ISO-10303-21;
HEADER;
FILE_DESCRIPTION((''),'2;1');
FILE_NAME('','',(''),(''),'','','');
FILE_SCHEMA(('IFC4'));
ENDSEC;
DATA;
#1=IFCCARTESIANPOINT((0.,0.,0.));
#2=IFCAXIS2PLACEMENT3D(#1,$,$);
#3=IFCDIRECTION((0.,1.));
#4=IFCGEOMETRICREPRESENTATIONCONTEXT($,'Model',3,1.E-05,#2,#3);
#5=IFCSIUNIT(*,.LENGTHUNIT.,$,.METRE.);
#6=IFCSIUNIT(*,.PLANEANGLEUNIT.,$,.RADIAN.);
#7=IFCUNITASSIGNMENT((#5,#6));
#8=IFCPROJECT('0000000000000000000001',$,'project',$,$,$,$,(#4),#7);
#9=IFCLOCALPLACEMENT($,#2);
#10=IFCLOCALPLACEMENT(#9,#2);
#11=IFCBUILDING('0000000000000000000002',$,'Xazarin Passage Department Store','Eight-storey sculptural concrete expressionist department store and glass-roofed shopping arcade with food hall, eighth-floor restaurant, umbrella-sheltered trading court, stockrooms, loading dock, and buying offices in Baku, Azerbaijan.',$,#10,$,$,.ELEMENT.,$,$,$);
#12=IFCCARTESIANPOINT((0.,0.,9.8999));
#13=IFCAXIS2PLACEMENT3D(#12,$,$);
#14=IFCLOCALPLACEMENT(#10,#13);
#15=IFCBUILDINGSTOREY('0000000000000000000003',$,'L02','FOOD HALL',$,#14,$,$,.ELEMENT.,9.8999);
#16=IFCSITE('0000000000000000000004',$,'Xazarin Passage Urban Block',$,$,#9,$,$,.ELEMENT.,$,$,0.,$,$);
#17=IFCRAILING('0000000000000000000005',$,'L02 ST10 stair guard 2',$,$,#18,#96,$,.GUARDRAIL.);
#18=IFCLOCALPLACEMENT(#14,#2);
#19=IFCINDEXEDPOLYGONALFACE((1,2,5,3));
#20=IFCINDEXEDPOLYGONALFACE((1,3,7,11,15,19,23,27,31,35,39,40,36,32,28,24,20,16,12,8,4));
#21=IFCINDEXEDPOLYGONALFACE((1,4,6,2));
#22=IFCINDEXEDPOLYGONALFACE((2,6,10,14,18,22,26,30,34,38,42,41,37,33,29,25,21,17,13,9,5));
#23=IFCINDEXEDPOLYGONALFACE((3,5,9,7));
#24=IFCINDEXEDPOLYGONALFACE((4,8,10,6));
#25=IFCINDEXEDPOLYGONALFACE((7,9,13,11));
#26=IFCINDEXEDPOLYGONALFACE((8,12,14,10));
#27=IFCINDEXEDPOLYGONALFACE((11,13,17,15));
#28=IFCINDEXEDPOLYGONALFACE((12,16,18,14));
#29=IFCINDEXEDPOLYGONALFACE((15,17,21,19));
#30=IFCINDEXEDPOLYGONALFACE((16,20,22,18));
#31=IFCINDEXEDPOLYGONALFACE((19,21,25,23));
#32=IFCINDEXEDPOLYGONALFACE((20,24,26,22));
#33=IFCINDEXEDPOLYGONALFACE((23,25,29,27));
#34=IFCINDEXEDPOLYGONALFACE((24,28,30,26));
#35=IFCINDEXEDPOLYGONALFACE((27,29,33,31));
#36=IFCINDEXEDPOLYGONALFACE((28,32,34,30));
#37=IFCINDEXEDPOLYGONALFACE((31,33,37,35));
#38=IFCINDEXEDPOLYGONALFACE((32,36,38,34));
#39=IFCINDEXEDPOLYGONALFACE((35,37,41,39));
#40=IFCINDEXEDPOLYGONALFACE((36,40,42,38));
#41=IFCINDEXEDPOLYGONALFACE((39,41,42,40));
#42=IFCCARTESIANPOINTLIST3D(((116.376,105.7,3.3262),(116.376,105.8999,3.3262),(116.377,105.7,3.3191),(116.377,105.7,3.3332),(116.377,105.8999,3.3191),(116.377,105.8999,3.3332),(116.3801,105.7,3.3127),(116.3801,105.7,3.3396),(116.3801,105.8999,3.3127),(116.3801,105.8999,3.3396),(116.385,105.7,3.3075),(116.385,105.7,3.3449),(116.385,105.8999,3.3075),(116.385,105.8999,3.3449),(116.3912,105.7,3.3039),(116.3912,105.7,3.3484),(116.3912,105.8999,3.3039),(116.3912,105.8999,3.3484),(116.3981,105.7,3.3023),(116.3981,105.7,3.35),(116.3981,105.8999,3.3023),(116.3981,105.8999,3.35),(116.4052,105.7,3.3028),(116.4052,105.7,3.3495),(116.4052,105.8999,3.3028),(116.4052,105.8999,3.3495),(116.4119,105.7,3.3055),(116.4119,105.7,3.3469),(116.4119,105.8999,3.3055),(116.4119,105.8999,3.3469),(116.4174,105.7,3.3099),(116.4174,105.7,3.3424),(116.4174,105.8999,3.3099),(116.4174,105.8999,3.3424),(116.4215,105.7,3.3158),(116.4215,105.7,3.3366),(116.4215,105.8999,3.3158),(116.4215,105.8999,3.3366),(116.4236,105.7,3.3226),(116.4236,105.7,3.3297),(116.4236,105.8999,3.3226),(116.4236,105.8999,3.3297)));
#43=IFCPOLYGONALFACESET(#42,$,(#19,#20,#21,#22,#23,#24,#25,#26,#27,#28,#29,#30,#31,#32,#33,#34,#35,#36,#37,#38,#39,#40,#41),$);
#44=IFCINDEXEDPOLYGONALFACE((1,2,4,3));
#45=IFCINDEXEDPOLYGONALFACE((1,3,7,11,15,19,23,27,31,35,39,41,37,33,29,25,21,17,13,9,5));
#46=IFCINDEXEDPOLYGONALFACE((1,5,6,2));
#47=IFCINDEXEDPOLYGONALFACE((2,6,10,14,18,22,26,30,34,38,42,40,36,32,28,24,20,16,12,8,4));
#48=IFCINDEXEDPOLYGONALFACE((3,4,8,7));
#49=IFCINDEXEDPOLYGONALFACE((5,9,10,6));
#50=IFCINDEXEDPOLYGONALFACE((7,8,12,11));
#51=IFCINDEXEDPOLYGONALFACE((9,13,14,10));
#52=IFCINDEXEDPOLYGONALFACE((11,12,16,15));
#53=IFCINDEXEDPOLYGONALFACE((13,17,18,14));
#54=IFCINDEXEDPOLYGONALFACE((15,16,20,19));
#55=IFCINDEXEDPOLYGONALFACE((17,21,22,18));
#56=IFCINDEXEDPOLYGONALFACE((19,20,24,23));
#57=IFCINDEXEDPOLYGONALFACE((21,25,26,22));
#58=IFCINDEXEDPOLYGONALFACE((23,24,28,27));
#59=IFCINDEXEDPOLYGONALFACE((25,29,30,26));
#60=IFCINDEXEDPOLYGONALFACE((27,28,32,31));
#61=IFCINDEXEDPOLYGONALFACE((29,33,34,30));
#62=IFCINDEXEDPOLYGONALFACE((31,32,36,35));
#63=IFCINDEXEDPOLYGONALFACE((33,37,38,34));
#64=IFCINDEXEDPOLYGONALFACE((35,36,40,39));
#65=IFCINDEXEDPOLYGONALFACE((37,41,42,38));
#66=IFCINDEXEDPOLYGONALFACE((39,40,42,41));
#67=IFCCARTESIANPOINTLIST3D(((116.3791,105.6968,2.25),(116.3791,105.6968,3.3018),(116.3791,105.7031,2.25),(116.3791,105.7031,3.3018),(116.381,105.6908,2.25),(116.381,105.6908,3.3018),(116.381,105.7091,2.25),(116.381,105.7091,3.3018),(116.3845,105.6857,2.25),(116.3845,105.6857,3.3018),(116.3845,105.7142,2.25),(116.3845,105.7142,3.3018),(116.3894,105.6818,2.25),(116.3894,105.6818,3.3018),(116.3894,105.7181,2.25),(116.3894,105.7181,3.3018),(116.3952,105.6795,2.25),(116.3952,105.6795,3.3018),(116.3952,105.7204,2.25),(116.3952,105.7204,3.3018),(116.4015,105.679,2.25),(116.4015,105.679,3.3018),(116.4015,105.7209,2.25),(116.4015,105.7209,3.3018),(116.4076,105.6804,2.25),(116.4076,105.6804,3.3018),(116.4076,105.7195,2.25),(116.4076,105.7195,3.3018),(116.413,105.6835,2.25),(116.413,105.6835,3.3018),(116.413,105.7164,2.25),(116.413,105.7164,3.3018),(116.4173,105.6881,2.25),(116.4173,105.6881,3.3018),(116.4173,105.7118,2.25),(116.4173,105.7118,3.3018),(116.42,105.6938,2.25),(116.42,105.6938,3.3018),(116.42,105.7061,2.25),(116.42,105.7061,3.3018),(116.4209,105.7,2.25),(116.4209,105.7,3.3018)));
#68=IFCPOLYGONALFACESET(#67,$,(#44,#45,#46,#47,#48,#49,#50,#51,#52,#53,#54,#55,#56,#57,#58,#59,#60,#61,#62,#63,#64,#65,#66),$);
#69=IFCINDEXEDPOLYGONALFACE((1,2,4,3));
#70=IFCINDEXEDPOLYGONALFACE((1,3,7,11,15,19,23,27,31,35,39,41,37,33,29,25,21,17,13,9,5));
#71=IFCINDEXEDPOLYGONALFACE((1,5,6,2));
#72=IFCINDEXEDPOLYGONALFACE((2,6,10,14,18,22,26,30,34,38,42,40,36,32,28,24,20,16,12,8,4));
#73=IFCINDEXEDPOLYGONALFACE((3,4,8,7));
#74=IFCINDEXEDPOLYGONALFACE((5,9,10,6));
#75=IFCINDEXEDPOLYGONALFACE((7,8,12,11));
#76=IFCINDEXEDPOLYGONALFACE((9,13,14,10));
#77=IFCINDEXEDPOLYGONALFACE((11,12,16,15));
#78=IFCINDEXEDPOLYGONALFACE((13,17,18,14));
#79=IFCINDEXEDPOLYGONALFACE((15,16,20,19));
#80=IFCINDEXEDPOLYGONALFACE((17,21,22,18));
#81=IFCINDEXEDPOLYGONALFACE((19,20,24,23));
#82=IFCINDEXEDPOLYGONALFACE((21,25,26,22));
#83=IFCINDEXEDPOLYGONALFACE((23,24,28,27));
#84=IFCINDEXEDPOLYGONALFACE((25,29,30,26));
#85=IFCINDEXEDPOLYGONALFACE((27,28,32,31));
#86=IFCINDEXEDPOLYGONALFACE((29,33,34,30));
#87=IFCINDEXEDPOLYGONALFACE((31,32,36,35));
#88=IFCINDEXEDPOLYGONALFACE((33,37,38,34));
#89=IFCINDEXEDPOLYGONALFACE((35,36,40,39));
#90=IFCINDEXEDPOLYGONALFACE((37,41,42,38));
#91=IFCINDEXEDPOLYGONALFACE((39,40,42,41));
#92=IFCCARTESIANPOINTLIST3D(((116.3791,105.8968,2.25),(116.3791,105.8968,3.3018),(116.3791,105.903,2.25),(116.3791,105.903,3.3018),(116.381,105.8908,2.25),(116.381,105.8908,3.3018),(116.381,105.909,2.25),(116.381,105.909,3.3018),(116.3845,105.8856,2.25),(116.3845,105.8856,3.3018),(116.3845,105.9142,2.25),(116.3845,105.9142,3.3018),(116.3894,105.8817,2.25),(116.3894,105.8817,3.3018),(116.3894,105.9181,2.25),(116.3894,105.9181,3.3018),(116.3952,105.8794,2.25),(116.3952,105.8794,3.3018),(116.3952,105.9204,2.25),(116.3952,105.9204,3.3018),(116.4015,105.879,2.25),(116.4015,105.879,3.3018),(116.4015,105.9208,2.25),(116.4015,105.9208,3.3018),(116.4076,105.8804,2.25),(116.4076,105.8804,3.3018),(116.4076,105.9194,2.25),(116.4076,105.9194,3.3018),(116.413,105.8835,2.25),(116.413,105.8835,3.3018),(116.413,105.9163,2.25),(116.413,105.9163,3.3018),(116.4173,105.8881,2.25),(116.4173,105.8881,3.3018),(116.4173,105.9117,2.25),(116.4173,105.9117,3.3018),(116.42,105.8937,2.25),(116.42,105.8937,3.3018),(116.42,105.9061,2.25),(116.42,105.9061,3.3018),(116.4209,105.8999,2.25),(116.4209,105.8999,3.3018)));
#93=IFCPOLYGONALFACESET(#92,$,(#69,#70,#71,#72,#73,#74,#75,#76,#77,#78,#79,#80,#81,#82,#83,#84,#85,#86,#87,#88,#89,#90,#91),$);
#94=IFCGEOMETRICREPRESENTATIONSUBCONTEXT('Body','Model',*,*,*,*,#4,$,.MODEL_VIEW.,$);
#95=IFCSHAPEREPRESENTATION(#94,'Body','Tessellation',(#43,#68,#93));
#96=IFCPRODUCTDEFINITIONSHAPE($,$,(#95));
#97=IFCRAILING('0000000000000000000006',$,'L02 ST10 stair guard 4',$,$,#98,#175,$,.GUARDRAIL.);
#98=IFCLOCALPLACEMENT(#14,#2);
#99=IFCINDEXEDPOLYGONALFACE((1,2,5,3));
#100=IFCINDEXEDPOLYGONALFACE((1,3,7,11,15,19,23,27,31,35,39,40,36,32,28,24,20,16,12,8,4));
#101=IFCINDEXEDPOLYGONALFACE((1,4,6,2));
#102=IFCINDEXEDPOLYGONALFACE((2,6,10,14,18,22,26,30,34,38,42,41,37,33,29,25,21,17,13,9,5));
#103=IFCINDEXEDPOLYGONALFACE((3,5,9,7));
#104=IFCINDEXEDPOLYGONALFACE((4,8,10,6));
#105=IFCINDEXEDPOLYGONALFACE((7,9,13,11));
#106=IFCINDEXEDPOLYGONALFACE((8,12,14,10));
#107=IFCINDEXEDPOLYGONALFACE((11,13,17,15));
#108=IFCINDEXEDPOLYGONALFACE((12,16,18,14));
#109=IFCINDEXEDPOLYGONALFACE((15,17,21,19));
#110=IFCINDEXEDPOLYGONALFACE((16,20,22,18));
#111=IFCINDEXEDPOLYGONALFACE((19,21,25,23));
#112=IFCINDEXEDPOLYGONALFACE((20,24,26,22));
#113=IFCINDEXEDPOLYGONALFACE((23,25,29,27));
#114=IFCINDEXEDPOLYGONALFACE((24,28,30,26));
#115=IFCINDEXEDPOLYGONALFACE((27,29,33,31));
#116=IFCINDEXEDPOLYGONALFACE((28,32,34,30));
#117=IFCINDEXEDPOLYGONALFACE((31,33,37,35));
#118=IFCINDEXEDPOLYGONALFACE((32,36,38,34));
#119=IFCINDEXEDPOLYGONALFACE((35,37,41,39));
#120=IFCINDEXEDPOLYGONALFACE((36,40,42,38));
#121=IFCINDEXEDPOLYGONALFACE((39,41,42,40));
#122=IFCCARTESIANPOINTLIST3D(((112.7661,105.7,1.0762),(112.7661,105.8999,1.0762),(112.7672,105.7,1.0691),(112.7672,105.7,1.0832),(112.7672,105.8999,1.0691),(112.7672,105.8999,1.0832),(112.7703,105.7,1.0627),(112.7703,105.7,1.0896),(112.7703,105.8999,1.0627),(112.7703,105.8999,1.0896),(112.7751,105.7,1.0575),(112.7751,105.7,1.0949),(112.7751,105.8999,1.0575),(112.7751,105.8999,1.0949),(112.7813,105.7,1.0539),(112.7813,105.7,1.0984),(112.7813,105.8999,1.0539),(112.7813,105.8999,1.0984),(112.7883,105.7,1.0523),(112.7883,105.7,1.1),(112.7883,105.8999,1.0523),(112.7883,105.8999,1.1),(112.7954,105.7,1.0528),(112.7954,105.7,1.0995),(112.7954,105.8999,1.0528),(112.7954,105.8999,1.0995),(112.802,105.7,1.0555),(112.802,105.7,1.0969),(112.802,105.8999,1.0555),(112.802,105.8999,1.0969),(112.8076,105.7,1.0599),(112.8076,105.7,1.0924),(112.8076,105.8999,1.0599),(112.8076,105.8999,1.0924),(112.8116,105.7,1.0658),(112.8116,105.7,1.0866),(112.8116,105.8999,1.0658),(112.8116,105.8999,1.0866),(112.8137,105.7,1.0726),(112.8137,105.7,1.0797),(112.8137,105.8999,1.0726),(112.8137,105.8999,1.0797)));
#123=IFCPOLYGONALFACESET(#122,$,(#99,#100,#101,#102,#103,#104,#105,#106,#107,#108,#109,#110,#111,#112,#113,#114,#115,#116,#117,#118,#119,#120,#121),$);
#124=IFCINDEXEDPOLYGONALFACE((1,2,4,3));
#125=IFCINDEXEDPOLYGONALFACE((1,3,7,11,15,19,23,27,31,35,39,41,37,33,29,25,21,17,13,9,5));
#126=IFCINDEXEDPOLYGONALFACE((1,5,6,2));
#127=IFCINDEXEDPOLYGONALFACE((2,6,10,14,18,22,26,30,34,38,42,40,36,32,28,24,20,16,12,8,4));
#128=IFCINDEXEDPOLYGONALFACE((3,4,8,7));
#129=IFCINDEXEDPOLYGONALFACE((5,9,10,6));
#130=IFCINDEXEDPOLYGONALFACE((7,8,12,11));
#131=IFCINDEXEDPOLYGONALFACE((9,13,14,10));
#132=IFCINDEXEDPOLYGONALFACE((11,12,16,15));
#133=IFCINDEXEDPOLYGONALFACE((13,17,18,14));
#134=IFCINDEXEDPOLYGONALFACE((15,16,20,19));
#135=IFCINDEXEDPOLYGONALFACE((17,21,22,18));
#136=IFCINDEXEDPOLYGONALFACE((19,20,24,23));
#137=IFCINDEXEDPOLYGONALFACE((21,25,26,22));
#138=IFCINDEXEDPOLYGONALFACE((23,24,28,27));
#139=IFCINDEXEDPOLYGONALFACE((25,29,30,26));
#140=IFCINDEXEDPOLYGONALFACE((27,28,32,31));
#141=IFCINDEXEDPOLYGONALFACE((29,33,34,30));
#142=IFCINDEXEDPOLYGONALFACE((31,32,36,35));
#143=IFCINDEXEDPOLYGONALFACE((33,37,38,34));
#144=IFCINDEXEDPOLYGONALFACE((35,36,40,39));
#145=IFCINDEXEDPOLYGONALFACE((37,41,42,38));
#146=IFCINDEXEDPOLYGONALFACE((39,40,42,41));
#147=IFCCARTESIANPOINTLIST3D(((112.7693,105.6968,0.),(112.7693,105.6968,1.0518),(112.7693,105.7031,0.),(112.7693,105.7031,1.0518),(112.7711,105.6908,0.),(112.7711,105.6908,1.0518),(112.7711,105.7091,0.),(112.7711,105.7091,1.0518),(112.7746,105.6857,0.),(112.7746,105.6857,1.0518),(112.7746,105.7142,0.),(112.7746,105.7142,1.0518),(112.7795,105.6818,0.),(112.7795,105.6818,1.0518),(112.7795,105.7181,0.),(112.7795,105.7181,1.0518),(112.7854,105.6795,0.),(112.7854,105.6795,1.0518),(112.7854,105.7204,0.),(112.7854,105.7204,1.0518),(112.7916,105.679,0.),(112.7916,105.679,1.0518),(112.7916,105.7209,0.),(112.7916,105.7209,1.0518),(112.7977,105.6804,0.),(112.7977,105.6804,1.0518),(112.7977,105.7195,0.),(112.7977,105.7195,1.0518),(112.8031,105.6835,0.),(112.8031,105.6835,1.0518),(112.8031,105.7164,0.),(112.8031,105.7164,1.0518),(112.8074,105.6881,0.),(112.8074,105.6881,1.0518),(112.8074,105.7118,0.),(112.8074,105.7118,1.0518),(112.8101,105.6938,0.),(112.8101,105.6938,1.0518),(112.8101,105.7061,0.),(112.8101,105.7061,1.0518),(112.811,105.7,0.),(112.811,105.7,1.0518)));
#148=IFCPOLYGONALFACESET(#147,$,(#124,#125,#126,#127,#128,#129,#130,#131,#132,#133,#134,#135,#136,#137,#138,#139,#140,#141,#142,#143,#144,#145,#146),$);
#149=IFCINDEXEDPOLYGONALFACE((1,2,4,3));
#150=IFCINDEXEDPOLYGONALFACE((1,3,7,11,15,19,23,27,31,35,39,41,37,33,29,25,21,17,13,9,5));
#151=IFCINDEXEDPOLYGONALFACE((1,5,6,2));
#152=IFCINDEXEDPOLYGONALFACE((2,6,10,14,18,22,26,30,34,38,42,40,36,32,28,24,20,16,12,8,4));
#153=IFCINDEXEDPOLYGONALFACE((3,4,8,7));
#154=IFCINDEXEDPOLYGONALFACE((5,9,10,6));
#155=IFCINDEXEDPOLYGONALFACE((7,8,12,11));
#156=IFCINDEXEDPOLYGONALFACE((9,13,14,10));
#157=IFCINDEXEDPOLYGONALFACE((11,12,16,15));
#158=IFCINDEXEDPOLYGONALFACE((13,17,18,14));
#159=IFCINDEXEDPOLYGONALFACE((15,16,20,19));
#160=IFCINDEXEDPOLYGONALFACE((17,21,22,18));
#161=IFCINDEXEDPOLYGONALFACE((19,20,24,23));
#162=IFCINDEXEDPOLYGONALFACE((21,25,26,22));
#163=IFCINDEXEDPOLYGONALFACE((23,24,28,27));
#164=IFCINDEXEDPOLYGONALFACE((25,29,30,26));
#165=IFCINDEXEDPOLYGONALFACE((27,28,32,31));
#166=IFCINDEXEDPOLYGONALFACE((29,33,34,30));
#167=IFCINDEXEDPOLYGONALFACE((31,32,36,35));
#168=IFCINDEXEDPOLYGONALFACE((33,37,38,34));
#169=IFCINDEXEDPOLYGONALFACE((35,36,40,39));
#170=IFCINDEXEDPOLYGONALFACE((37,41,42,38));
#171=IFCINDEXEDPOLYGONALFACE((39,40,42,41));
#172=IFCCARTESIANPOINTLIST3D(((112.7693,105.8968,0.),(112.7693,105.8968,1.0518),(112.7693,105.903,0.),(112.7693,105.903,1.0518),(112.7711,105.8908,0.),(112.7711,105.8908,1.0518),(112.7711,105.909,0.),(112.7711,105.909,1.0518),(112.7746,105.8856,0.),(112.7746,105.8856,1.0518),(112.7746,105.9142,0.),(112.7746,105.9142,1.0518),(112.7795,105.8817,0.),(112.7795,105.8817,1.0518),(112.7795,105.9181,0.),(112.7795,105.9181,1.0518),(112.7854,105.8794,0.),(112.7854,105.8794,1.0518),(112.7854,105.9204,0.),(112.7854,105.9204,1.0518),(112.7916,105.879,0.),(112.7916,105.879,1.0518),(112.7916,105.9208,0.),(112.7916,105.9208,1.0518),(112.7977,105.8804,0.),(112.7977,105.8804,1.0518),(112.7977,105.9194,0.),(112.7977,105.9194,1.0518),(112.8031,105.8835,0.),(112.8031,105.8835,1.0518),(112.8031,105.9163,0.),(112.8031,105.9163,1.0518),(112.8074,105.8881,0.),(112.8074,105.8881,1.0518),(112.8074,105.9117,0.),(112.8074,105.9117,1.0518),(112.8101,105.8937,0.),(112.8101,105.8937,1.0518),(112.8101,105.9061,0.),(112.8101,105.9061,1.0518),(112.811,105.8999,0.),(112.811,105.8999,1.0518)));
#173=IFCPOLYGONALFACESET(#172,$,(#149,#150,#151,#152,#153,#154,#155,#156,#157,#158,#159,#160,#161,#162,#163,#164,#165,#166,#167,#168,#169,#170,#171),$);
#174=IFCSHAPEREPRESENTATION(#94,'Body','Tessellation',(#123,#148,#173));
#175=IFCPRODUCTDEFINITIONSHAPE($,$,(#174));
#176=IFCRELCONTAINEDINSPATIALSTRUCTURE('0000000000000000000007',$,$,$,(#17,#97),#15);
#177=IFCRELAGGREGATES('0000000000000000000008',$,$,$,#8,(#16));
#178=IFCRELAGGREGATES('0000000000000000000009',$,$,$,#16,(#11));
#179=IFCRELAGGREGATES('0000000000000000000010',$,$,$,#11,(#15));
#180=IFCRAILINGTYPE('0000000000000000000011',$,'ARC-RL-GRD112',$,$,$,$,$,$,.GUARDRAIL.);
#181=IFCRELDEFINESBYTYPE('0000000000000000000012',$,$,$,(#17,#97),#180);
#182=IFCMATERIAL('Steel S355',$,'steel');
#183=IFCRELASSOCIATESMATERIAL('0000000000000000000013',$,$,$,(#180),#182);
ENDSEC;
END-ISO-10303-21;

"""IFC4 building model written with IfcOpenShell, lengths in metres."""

from ifc_helpers import new_model, si_unit, direction, frame, origin, origin_2d, place, context, subcontext, project, spatial, circle, extrude, material, type_object, element, save


model = new_model("IFC4")

# Units and contexts
model_context = context("Model", 3, precision=1e-05, world=origin(), true_north=direction((0.0, 1.0)))
body_context = subcontext(model_context, "Body", "Model", "MODEL_VIEW")
ifc_project = project(units=[si_unit("LENGTHUNIT", "METRE"), si_unit("PLANEANGLEUNIT", "RADIAN")], contexts=[model_context])

# Site, building, storey
site_placement = place(None, origin())
site = spatial("IfcSite", under=ifc_project, at=site_placement, Name="Xazarin Passage Urban Block", CompositionType="ELEMENT", RefElevation=0.0)
building_placement = place(site_placement, origin())
building = spatial("IfcBuilding", under=site, at=building_placement, Name="Xazarin Passage Department Store", Description="Eight-storey sculptural concrete expressionist department store and glass-roofed shopping arcade with food hall, eighth-floor restaurant, umbrella-sheltered trading court, stockrooms, loading dock, and buying offices in Baku, Azerbaijan.", CompositionType="ELEMENT")
storey_placement = place(building_placement, frame((0.0, 0.0, 9.8999)))
storey = spatial("IfcBuildingStorey", under=building, at=storey_placement, Name="L02", Description="FOOD HALL", CompositionType="ELEMENT", Elevation=9.8999)

# Shared definitions
ifc_material_1 = material(Name="Steel S355", Category="steel")

# Railings
railing_type_1 = type_object("IfcRailingType", Name="ARC-RL-GRD112", PredefinedType="GUARDRAIL", material=ifc_material_1)
for number, where, name in (
    (1, (116.3999, 105.7, 2.25), "L02 ST10 stair guard 2"),
    (2, (112.79, 105.7, 0.0), "L02 ST10 stair guard 4"),
):
    element("IfcRailing", number, at=place(storey_placement, frame(where)), inside=storey, type_object=railing_type_1, Name=name, PredefinedType="GUARDRAIL", context=body_context, shape_type="SweptSolid", body=[
        extrude(circle(Radius=0.0239, at=origin_2d()), frame((0.0, 0.0, 1.0762), z_axis=(0.0, 1.0, 0.0), x_axis=(-1.0, 0.0, 0.0)), (0.0, 0.0, 1.0), 0.2),
        extrude(circle(Radius=0.021, at=origin_2d()), origin(), (0.0, 0.0, 1.0), 1.0518),
        extrude(circle(Radius=0.021, at=origin_2d()), frame((0.0, 0.2, 0.0)), (0.0, 0.0, 1.0), 1.0518),
    ])

save(model, "model.ifc")
